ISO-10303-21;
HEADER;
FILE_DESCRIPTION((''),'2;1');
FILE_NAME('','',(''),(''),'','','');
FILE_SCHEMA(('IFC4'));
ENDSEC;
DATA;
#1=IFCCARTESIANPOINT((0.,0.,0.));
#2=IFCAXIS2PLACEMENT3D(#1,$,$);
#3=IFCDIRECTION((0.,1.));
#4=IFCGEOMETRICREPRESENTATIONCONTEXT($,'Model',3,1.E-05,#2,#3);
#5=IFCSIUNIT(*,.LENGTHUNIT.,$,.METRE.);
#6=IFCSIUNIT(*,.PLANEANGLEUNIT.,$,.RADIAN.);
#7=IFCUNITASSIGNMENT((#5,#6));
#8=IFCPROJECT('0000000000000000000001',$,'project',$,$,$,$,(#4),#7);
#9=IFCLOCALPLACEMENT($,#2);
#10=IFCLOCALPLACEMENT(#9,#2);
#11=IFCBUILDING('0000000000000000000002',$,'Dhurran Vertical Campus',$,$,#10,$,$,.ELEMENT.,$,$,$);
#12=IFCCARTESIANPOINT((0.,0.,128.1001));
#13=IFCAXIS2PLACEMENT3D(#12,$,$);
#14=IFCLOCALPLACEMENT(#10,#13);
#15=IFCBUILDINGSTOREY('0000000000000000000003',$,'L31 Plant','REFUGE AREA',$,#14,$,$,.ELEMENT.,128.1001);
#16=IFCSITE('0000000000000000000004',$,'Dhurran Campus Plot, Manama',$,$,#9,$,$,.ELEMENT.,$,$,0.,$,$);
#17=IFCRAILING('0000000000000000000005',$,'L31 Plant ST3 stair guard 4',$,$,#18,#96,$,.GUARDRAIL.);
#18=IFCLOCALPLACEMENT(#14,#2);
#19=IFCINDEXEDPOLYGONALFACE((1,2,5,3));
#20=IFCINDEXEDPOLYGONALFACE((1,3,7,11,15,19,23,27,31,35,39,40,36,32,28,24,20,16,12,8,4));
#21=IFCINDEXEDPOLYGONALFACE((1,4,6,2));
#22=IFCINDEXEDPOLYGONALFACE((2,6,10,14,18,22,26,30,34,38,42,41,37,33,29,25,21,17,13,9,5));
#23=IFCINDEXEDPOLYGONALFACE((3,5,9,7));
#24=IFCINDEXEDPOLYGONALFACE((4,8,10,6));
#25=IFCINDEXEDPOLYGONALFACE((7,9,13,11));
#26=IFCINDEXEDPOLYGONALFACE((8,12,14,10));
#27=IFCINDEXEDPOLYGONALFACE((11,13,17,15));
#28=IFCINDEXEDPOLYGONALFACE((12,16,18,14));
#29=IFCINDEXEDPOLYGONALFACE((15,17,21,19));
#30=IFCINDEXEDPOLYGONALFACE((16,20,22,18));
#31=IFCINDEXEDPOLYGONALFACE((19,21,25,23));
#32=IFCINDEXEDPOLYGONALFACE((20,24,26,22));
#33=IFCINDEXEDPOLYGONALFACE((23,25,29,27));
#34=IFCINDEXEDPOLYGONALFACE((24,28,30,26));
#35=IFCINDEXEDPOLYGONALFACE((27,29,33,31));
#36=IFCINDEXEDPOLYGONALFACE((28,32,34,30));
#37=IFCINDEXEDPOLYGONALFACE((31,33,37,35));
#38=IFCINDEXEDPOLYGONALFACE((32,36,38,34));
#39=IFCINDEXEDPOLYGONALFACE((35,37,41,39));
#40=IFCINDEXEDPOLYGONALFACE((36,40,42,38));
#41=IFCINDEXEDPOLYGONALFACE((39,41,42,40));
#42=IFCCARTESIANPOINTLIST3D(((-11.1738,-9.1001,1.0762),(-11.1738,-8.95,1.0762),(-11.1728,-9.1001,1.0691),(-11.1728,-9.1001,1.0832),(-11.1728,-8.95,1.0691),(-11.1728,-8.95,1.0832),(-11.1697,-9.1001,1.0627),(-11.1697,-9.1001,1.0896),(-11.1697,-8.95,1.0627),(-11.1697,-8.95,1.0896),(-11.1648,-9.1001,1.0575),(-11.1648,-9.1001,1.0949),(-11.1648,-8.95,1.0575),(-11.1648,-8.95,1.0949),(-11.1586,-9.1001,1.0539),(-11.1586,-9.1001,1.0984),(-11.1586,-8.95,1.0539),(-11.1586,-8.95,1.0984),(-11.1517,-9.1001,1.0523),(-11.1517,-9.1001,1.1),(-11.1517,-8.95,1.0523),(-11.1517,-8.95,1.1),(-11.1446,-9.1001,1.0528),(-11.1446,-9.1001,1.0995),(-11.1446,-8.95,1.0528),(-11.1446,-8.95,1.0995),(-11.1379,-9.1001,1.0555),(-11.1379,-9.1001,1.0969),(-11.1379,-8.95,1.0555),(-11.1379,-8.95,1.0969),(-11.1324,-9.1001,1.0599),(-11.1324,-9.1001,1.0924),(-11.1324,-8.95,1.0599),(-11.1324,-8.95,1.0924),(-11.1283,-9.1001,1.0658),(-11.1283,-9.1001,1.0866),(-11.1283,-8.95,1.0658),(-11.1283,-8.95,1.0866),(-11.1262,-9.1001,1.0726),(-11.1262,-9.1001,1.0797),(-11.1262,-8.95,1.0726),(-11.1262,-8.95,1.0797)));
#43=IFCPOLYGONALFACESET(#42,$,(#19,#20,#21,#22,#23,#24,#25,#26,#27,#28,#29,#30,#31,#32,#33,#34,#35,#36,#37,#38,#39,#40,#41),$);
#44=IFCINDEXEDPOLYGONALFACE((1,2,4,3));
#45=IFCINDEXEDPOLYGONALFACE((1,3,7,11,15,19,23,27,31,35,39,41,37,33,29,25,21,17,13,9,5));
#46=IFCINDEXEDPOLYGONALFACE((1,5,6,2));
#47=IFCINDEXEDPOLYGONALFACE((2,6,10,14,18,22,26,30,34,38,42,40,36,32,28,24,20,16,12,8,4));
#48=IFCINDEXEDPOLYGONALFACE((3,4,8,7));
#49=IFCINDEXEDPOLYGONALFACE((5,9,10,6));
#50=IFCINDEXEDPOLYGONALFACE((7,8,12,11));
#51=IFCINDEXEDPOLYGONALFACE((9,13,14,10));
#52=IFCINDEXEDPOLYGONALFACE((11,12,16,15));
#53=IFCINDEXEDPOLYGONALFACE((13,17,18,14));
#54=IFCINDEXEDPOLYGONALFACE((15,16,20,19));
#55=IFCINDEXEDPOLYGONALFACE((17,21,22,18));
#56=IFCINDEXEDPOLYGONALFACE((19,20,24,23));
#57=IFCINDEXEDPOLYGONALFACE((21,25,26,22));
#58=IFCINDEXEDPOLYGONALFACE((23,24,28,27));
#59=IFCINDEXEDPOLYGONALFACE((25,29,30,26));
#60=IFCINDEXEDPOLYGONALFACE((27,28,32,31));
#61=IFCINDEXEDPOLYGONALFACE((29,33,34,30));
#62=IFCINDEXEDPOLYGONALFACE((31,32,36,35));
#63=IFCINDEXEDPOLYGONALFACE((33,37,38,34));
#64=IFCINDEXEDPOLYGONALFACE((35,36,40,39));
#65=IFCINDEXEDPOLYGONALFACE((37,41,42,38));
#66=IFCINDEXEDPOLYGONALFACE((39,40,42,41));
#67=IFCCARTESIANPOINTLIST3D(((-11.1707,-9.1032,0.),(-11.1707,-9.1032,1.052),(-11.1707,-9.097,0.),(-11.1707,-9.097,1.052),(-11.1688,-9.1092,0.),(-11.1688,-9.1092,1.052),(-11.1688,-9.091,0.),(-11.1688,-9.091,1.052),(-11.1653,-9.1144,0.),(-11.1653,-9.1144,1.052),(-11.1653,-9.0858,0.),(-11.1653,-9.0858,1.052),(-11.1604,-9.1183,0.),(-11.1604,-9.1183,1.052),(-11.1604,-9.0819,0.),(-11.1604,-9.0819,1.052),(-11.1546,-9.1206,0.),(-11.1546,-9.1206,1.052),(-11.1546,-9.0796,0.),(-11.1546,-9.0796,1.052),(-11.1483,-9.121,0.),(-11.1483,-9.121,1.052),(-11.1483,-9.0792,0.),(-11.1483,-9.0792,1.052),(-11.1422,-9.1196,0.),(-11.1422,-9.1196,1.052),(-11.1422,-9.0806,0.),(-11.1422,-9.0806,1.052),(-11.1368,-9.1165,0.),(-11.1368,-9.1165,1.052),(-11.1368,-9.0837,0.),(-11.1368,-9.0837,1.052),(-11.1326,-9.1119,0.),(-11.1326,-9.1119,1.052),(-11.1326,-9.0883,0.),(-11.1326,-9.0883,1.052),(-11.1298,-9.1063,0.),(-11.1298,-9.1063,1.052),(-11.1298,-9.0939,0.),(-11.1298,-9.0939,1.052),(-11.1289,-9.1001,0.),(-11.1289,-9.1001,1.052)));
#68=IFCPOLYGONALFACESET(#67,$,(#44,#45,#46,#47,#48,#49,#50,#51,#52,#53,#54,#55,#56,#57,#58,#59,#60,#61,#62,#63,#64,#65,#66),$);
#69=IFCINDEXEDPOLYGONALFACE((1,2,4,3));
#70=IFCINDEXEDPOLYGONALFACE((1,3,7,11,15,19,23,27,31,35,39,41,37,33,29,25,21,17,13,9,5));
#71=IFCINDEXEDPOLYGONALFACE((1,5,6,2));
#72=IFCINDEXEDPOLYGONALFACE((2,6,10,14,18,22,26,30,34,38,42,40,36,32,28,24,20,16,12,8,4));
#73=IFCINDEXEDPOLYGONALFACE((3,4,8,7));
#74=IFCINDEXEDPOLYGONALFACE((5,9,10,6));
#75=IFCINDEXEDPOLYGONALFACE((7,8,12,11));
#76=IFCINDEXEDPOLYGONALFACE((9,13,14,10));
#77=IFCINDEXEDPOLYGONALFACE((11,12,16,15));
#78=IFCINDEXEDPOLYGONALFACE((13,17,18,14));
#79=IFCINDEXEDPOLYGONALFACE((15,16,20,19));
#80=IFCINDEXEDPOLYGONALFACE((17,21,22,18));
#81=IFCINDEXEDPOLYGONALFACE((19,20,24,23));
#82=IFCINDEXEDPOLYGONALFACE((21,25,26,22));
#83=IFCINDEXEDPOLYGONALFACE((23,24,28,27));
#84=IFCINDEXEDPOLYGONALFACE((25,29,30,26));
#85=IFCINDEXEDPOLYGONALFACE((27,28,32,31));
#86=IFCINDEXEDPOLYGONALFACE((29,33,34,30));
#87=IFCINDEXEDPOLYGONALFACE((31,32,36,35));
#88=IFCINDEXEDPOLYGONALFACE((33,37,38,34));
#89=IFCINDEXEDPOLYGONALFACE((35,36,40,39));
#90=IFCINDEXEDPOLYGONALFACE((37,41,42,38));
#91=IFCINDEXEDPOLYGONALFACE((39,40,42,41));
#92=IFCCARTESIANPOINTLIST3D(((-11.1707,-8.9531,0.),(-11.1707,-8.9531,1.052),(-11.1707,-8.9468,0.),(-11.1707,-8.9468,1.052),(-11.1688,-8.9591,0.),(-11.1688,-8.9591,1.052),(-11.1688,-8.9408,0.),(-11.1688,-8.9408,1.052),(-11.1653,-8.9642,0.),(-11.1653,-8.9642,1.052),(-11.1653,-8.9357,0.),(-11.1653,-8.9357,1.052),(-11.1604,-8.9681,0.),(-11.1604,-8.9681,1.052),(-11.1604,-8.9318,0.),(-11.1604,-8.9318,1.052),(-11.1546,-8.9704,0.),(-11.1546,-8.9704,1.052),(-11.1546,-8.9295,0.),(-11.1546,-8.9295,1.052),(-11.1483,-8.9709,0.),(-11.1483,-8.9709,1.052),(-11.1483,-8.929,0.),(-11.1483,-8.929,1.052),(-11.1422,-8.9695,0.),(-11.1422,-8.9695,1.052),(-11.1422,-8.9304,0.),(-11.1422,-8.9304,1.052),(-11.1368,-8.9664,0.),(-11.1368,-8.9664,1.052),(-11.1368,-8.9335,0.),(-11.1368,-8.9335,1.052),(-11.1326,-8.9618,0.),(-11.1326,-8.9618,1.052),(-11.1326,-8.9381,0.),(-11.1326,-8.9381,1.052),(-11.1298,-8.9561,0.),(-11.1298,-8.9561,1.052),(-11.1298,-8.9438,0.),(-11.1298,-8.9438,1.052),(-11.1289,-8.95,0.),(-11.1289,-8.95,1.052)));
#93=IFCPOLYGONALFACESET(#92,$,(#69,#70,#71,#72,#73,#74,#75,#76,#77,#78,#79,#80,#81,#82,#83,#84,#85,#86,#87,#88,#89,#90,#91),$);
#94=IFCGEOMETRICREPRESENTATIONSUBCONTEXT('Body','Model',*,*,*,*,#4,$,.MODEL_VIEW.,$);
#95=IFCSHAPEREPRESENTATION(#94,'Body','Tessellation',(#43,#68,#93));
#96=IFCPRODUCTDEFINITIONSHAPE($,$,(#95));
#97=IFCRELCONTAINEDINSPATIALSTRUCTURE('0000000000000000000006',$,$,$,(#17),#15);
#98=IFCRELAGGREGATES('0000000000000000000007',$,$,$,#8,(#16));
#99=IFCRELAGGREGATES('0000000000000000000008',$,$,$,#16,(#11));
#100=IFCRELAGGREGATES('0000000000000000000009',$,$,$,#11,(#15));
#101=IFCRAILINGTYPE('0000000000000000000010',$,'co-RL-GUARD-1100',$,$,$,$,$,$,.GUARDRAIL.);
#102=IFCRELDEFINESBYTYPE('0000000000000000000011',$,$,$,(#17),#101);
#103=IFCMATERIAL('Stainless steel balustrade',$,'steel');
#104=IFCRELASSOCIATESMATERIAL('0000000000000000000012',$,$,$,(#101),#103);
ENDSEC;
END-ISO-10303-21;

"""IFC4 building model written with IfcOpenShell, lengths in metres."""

from ifc_helpers import new_model, si_unit, direction, frame, origin, origin_2d, place, context, subcontext, project, spatial, circle, extrude, material, type_object, element, save


model = new_model("IFC4")

# Units and contexts
model_context = context("Model", 3, precision=1e-05, world=origin(), true_north=direction((0.0, 1.0)))
body_context = subcontext(model_context, "Body", "Model", "MODEL_VIEW")
ifc_project = project(units=[si_unit("LENGTHUNIT", "METRE"), si_unit("PLANEANGLEUNIT", "RADIAN")], contexts=[model_context])

# Site, building, storey
site_placement = place(None, origin())
site = spatial("IfcSite", under=ifc_project, at=site_placement, Name="Dhurran Campus Plot, Manama", CompositionType="ELEMENT", RefElevation=0.0)
building_placement = place(site_placement, origin())
building = spatial("IfcBuilding", under=site, at=building_placement, Name="Dhurran Vertical Campus", CompositionType="ELEMENT")
storey_placement = place(building_placement, frame((0.0, 0.0, 128.1001)))
storey = spatial("IfcBuildingStorey", under=building, at=storey_placement, Name="L31 Plant", Description="REFUGE AREA", CompositionType="ELEMENT", Elevation=128.1001)

# Railing
ifc_material_1 = material(Name="Stainless steel balustrade", Category="steel")
railing_type_1 = type_object("IfcRailingType", Name="co-RL-GUARD-1100", PredefinedType="GUARDRAIL", material=ifc_material_1)
railing_1_placement = place(storey_placement, frame((-11.1499, -9.1001, 0.0)))
element("IfcRailing", 1, at=railing_1_placement, inside=storey, type_object=railing_type_1, Name="L31 Plant ST3 stair guard 4", PredefinedType="GUARDRAIL", context=body_context, shape_type="SweptSolid", body=[
    extrude(circle(Radius=0.0239, at=origin_2d()), frame((0.0, 0.0, 1.0762), z_axis=(0.0, 1.0, 0.0), x_axis=(-1.0, 0.0, 0.0)), (0.0, 0.0, 1.0), 0.1501),
    extrude(circle(Radius=0.021, at=origin_2d()), origin(), (0.0, 0.0, 1.0), 1.052),
    extrude(circle(Radius=0.021, at=origin_2d()), frame((0.0, 0.1501, 0.0)), (0.0, 0.0, 1.0), 1.052),
])

save(model, "model.ifc")
